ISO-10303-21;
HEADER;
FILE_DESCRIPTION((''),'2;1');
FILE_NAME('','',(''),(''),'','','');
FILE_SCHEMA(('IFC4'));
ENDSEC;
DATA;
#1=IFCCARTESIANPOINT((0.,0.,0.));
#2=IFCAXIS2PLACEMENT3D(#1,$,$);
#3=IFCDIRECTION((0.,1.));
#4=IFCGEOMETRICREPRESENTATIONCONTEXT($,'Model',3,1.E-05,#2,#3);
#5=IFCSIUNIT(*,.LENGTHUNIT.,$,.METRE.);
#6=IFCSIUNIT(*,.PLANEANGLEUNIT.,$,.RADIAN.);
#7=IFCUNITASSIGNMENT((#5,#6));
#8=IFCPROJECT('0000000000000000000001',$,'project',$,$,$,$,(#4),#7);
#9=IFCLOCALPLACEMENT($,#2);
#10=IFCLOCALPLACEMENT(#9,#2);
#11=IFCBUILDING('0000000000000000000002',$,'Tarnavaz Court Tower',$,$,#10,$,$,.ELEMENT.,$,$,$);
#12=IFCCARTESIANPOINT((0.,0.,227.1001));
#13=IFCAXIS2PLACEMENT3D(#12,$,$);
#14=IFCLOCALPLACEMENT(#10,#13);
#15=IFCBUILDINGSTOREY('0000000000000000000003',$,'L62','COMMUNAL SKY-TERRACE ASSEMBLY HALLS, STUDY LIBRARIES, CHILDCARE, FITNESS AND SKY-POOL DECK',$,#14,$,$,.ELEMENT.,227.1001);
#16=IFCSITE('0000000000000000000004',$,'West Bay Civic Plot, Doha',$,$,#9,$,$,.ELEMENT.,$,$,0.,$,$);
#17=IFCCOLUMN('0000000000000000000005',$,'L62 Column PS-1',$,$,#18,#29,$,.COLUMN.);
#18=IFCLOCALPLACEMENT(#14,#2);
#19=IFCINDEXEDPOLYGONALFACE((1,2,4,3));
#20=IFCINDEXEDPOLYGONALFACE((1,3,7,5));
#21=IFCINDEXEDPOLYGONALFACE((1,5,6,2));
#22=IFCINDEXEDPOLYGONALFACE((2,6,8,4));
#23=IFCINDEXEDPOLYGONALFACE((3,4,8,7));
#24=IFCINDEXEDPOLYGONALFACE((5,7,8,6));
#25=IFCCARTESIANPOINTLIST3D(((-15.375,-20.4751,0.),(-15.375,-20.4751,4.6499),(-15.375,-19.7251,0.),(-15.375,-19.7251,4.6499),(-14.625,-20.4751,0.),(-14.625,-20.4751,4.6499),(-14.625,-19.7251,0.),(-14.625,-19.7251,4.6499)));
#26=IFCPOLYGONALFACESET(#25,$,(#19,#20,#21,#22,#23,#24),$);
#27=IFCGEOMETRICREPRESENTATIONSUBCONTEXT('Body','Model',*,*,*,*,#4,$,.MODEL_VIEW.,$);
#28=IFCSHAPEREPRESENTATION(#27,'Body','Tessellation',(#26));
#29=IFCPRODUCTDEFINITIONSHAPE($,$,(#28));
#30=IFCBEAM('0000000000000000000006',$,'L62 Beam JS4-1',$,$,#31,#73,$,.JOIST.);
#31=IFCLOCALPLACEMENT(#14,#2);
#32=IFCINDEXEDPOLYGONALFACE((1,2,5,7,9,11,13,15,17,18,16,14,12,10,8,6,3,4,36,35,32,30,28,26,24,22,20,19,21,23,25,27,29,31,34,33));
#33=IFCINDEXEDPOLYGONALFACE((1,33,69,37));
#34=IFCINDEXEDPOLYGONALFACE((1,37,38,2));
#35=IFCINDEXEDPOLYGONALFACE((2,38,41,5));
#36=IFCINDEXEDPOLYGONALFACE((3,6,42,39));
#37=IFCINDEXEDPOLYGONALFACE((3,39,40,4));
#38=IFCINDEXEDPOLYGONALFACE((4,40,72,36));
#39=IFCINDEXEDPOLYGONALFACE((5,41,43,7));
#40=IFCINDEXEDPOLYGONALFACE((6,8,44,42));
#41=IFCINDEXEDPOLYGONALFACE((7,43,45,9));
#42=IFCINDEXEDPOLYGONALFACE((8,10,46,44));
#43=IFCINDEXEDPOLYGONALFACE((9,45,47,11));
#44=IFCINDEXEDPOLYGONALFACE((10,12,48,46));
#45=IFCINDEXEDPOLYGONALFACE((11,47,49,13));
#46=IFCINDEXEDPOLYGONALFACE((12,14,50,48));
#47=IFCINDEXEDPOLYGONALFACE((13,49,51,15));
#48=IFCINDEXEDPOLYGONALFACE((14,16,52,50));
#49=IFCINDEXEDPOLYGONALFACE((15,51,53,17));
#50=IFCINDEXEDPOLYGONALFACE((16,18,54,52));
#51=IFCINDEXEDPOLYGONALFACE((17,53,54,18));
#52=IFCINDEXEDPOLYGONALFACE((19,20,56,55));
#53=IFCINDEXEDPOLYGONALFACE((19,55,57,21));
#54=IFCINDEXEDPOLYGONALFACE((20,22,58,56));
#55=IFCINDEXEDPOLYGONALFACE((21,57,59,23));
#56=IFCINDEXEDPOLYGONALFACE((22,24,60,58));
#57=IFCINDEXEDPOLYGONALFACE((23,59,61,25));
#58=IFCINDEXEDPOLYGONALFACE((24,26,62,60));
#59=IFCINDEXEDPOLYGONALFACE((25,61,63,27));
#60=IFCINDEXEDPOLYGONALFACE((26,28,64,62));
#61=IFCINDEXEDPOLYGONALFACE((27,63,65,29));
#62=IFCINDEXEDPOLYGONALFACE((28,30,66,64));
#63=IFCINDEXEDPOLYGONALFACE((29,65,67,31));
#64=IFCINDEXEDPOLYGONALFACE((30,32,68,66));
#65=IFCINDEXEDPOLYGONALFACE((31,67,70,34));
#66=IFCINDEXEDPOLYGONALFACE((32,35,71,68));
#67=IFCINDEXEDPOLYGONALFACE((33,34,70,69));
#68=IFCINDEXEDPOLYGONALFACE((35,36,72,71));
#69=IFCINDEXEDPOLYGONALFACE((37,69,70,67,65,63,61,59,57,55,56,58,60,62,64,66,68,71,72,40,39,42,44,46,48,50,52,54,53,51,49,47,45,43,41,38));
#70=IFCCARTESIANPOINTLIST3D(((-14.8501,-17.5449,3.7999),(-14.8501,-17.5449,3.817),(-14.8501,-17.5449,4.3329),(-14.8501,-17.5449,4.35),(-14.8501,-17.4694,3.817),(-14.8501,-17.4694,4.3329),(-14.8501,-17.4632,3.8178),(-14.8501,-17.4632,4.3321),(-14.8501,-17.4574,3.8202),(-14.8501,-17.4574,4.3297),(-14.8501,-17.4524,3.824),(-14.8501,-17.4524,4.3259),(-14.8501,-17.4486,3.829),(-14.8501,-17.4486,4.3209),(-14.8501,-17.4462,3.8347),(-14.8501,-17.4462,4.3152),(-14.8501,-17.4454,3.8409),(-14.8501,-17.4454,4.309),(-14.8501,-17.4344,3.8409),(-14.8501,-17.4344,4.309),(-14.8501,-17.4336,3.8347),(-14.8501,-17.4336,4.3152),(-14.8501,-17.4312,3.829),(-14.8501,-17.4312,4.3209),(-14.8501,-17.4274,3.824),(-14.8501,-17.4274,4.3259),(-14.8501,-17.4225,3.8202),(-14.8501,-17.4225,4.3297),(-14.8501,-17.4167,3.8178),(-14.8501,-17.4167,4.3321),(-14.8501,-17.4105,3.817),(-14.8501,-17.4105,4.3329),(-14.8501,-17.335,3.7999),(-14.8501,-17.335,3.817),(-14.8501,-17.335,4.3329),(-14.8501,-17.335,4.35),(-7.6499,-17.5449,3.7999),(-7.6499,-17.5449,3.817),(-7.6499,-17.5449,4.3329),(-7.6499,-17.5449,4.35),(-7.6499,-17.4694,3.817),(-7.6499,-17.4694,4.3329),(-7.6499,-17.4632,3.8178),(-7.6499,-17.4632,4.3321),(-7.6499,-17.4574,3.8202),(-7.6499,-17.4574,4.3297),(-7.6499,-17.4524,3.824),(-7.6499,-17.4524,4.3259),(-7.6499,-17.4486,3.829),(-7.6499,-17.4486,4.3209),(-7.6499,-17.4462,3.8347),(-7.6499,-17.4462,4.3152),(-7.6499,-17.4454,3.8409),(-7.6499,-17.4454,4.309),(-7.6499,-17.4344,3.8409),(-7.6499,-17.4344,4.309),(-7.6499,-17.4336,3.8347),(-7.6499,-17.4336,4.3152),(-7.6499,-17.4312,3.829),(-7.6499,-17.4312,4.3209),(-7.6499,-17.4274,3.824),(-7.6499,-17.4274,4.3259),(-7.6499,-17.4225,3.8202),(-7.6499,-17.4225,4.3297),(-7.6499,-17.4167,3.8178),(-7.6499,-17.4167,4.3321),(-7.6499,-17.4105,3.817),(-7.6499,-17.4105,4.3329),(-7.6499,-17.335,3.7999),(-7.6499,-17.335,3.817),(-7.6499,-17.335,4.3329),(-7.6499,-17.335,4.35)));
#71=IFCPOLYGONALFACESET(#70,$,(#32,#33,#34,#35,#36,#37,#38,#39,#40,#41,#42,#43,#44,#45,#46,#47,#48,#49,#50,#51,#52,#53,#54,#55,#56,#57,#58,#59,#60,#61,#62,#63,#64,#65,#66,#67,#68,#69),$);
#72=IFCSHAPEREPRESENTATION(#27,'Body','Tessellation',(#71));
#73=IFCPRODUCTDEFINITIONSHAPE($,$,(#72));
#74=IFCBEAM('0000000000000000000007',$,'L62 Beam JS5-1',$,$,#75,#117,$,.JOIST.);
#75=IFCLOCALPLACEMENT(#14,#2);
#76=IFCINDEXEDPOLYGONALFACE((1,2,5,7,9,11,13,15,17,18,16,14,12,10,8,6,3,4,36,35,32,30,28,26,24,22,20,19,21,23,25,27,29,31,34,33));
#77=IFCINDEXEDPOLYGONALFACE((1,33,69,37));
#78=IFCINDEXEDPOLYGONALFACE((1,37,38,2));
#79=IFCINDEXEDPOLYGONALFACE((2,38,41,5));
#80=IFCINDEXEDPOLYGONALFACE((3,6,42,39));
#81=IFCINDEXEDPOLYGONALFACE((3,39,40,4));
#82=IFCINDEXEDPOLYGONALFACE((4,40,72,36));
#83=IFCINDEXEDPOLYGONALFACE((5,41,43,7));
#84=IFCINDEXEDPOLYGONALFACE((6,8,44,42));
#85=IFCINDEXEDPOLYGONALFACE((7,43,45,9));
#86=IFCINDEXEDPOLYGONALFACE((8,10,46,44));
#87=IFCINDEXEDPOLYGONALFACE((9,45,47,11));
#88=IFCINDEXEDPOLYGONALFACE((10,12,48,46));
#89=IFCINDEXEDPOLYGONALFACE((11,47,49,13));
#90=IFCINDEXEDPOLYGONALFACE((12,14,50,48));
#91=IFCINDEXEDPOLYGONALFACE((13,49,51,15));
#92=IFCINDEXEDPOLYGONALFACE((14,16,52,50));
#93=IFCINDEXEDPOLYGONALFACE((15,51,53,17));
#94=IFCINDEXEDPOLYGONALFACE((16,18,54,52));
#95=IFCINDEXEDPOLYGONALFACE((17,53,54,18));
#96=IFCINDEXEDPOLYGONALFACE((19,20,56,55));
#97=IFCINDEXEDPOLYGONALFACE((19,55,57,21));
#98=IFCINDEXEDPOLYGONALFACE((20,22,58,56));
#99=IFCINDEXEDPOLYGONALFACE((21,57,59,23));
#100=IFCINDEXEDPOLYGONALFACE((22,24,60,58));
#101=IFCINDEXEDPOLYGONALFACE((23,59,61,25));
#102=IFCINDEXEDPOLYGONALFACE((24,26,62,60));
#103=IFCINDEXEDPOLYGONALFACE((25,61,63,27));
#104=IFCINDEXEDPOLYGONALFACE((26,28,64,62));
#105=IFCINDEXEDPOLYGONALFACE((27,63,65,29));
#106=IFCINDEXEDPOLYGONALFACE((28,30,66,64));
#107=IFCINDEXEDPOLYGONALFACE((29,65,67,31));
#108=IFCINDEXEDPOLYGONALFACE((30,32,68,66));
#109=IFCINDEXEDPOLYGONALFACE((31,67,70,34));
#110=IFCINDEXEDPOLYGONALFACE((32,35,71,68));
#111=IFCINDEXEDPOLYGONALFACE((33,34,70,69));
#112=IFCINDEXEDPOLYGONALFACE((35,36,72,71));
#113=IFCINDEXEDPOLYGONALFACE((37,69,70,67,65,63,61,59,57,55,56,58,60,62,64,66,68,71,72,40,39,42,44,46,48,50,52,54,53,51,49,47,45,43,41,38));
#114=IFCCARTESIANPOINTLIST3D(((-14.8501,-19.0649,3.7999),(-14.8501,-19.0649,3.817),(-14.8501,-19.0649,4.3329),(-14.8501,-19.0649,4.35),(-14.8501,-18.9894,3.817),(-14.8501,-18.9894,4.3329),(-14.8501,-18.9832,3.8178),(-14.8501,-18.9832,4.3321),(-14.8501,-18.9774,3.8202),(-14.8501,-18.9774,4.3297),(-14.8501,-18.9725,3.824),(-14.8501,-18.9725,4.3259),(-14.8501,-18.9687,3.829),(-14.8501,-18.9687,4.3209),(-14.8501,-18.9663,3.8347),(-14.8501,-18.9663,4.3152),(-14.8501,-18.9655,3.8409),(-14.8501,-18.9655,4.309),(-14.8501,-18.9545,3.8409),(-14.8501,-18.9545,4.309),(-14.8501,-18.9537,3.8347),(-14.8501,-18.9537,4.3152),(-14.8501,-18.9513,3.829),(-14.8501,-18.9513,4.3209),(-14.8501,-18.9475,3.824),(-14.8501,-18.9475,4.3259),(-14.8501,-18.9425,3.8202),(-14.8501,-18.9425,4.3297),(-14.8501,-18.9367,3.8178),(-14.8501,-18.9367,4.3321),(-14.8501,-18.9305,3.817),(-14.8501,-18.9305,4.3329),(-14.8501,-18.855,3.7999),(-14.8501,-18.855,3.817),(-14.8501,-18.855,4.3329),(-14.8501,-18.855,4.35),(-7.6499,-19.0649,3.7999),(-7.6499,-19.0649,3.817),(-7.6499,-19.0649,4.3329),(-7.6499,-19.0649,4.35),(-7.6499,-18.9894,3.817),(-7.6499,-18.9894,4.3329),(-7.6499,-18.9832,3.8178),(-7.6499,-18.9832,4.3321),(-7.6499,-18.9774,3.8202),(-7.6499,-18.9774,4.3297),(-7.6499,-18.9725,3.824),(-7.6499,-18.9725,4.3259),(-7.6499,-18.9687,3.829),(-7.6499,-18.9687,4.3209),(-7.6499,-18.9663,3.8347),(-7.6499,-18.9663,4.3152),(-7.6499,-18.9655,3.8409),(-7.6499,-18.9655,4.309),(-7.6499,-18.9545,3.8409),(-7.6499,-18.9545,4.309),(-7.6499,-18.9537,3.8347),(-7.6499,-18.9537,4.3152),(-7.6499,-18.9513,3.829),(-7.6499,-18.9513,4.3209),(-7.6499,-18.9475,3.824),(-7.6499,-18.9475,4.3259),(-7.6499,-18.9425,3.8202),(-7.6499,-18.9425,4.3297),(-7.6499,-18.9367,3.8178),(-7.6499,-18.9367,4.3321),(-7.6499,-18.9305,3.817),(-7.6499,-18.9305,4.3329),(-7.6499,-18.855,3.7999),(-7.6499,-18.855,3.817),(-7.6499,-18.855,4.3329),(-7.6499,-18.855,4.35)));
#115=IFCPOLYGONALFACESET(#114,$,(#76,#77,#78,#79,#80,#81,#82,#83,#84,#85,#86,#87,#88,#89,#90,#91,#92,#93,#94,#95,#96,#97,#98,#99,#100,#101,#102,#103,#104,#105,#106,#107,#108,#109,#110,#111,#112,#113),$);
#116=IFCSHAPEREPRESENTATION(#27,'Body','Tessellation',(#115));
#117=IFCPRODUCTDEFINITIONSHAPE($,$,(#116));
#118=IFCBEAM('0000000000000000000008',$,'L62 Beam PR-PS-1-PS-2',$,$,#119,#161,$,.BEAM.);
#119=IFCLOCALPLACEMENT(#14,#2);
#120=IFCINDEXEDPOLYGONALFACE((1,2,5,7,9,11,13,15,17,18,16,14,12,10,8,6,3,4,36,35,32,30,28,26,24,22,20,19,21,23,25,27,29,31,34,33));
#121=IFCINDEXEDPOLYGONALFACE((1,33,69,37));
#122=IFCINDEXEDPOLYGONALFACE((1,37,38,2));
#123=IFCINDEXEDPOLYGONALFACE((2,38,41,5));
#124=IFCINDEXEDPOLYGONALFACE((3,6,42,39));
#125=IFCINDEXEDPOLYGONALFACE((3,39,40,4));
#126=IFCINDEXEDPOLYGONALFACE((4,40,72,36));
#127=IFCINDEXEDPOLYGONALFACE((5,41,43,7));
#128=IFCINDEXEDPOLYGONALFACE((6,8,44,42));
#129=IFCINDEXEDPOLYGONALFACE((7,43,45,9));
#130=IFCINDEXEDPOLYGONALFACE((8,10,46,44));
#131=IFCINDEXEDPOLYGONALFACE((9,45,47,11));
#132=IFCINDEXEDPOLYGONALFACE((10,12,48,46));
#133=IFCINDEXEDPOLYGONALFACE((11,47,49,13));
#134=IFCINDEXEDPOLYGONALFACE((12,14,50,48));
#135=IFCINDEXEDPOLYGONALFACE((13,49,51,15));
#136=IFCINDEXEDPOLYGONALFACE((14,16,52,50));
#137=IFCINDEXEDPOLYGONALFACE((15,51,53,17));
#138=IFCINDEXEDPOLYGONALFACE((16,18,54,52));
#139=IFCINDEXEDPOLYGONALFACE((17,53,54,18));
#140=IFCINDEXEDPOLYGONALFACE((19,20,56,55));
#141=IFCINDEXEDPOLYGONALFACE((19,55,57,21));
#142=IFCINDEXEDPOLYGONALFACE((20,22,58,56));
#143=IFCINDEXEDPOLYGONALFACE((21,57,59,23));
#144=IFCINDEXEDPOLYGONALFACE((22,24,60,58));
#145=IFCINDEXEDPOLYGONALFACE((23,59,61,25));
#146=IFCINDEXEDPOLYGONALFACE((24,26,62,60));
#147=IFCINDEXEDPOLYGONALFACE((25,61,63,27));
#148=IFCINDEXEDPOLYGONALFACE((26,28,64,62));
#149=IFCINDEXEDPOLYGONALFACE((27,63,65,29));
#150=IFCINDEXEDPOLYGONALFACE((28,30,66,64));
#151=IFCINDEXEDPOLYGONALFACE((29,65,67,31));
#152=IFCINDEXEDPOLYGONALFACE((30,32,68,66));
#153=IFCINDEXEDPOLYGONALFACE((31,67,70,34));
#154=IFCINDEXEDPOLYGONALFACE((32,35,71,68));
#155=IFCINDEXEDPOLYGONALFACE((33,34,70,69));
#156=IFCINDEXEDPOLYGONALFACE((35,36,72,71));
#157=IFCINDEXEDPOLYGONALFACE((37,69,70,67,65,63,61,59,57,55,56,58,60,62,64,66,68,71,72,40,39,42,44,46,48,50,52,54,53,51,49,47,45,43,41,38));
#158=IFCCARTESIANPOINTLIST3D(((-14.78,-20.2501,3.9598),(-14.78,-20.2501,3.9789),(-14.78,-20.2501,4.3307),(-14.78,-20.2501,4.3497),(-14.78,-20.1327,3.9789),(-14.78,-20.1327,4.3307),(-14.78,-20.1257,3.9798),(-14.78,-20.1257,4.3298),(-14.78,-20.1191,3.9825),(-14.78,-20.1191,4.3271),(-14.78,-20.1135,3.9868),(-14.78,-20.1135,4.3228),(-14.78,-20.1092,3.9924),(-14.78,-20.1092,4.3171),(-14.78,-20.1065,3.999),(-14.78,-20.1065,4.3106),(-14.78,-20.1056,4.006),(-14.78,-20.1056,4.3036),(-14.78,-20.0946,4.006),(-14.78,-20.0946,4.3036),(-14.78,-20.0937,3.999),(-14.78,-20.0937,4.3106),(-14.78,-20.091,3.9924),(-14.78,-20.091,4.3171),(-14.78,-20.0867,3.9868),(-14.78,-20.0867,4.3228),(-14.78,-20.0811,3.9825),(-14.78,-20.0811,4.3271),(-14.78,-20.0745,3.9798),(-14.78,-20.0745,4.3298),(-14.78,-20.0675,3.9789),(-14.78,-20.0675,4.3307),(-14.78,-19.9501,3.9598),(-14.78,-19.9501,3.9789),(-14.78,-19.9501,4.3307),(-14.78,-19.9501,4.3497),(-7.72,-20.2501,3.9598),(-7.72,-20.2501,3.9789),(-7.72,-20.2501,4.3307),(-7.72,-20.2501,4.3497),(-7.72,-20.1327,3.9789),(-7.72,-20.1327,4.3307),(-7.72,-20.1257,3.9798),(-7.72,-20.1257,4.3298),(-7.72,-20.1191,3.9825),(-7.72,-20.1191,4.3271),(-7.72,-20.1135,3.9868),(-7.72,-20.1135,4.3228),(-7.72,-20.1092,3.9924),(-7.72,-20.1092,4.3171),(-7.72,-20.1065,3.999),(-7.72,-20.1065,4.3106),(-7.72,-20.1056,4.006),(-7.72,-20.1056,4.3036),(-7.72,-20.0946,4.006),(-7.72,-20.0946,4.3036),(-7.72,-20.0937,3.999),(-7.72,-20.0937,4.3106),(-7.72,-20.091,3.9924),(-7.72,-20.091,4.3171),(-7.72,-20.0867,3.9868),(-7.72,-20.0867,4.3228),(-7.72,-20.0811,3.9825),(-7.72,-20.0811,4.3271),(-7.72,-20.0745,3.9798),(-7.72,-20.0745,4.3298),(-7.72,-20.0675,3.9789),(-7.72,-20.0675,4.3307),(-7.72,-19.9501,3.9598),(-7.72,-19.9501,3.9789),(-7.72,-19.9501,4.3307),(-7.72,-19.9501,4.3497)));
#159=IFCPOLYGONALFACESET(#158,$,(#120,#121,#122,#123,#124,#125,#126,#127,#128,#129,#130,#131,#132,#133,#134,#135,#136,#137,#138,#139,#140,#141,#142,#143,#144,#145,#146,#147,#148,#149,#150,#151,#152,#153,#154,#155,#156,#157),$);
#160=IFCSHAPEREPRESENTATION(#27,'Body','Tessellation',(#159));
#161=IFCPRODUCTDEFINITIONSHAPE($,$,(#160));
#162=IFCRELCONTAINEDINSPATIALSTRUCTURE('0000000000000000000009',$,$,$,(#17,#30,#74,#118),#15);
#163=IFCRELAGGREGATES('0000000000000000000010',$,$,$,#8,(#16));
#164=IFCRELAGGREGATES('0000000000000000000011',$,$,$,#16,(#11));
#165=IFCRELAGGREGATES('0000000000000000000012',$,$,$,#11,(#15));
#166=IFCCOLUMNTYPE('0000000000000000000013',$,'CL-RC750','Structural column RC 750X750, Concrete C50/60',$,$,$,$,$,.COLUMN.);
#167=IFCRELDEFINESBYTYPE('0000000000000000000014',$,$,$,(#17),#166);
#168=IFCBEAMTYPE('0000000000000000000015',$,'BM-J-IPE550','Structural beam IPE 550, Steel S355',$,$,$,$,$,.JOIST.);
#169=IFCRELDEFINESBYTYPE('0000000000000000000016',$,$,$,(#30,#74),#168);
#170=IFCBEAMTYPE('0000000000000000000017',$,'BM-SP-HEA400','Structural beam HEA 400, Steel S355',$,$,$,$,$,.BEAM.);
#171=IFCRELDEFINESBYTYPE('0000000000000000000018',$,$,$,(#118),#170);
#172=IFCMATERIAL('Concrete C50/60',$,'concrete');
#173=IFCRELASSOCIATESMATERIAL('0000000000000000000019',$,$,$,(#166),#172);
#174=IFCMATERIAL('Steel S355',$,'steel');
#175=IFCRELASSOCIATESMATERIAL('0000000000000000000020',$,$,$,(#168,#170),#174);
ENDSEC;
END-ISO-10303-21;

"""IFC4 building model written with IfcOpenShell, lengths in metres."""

from ifc_helpers import new_model, si_unit, direction, frame, origin, origin_2d, place, context, subcontext, project, spatial, rectangle, i_section, extrude, material, material_profile, profile_set, type_object, element, save


model = new_model("IFC4")

# Units and contexts
model_context = context("Model", 3, precision=1e-05, world=origin(), true_north=direction((0.0, 1.0)))
body_context = subcontext(model_context, "Body", "Model", "MODEL_VIEW")
ifc_project = project(units=[si_unit("LENGTHUNIT", "METRE"), si_unit("PLANEANGLEUNIT", "RADIAN")], contexts=[model_context])

# Site, building, storey
site_placement = place(None, origin())
site = spatial("IfcSite", under=ifc_project, at=site_placement, Name="West Bay Civic Plot, Doha", CompositionType="ELEMENT", RefElevation=0.0)
building_placement = place(site_placement, origin())
building = spatial("IfcBuilding", under=site, at=building_placement, Name="Tarnavaz Court Tower", CompositionType="ELEMENT")
storey_placement = place(building_placement, frame((0.0, 0.0, 227.1001)))
storey = spatial("IfcBuildingStorey", under=building, at=storey_placement, Name="L62", Description="COMMUNAL SKY-TERRACE ASSEMBLY HALLS, STUDY LIBRARIES, CHILDCARE, FITNESS AND SKY-POOL DECK", CompositionType="ELEMENT", Elevation=227.1001)

# Column
ifc_material_1 = material(Name="Concrete C50/60", Category="concrete")
ifc_material_profile_1 = material_profile(ifc_material_1, rectangle(XDim=0.75, YDim=0.75, at=origin_2d()), Name="RC 750X750")
ifc_profile_set_1 = profile_set([ifc_material_profile_1], Name="Concrete C50/60")
column_type = type_object("IfcColumnType", Name="CL-RC750", Description="Structural column RC 750X750, Concrete C50/60", PredefinedType="COLUMN", material=ifc_profile_set_1)
column_placement = place(storey_placement, frame((-15.0, -20.1001, 0.0), z_axis=(0.0, 0.0, 1.0), x_axis=(1.0, 0.0, 0.0)))
element("IfcColumn", 1, at=column_placement, inside=storey, type_object=column_type, Name="L62 Column PS-1", PredefinedType="COLUMN", context=body_context, shape_type="SweptSolid", body=[
    extrude(rectangle(XDim=0.75, YDim=0.75, at=origin_2d()), origin(), (0.0, 0.0, 1.0), 4.6499),
])

# Beams
ifc_material_2 = material(Name="Steel S355", Category="steel")
ifc_material_profile_2 = material_profile(ifc_material_2, i_section(OverallWidth=0.21, OverallDepth=0.55, WebThickness=0.011, FlangeThickness=0.0171, FilletRadius=0.0239, at=origin_2d()), Name="IPE 550")
ifc_profile_set_2 = profile_set([ifc_material_profile_2], Name="Steel S355")
beam_type_1 = type_object("IfcBeamType", Name="BM-J-IPE550", Description="Structural beam IPE 550, Steel S355", PredefinedType="JOIST", material=ifc_profile_set_2)
for number, where, z_axis, x_axis, name in (
    (2, (-14.8501, -17.4399, 4.075), (1.0, 0.0, 0.0), (0.0, 1.0, 0.0), "L62 Beam JS4-1"),
    (3, (-14.8501, -18.96, 4.075), (1.0, 0.0, 0.0), (0.0, 1.0, 0.0), "L62 Beam JS5-1"),
):
    element("IfcBeam", number, at=place(storey_placement, frame(where, z_axis=z_axis, x_axis=x_axis)), inside=storey, type_object=beam_type_1, Name=name, PredefinedType="JOIST", context=body_context, shape_type="SweptSolid", body=[
        extrude(i_section(OverallWidth=0.21, OverallDepth=0.55, WebThickness=0.011, FlangeThickness=0.0171, FilletRadius=0.0239, at=origin_2d()), origin(), (0.0, 0.0, 1.0), 7.2002),
    ])
ifc_material_profile_3 = material_profile(ifc_material_2, i_section(OverallWidth=0.3, OverallDepth=0.3899, WebThickness=0.011, FlangeThickness=0.019, FilletRadius=0.0271, at=origin_2d()), Name="HEA 400")
ifc_profile_set_3 = profile_set([ifc_material_profile_3], Name="Steel S355")
beam_type_2 = type_object("IfcBeamType", Name="BM-SP-HEA400", Description="Structural beam HEA 400, Steel S355", PredefinedType="BEAM", material=ifc_profile_set_3)
beam_1_placement = place(storey_placement, frame((-14.78, -20.1001, 4.1548), z_axis=(1.0, 0.0, 0.0), x_axis=(0.0, 1.0, 0.0)))
element("IfcBeam", 4, at=beam_1_placement, inside=storey, type_object=beam_type_2, Name="L62 Beam PR-PS-1-PS-2", PredefinedType="BEAM", context=body_context, shape_type="SweptSolid", body=[
    extrude(i_section(OverallWidth=0.3, OverallDepth=0.3899, WebThickness=0.011, FlangeThickness=0.019, FilletRadius=0.0271, at=origin_2d()), origin(), (0.0, 0.0, 1.0), 7.0601),
])

save(model, "model.ifc")
